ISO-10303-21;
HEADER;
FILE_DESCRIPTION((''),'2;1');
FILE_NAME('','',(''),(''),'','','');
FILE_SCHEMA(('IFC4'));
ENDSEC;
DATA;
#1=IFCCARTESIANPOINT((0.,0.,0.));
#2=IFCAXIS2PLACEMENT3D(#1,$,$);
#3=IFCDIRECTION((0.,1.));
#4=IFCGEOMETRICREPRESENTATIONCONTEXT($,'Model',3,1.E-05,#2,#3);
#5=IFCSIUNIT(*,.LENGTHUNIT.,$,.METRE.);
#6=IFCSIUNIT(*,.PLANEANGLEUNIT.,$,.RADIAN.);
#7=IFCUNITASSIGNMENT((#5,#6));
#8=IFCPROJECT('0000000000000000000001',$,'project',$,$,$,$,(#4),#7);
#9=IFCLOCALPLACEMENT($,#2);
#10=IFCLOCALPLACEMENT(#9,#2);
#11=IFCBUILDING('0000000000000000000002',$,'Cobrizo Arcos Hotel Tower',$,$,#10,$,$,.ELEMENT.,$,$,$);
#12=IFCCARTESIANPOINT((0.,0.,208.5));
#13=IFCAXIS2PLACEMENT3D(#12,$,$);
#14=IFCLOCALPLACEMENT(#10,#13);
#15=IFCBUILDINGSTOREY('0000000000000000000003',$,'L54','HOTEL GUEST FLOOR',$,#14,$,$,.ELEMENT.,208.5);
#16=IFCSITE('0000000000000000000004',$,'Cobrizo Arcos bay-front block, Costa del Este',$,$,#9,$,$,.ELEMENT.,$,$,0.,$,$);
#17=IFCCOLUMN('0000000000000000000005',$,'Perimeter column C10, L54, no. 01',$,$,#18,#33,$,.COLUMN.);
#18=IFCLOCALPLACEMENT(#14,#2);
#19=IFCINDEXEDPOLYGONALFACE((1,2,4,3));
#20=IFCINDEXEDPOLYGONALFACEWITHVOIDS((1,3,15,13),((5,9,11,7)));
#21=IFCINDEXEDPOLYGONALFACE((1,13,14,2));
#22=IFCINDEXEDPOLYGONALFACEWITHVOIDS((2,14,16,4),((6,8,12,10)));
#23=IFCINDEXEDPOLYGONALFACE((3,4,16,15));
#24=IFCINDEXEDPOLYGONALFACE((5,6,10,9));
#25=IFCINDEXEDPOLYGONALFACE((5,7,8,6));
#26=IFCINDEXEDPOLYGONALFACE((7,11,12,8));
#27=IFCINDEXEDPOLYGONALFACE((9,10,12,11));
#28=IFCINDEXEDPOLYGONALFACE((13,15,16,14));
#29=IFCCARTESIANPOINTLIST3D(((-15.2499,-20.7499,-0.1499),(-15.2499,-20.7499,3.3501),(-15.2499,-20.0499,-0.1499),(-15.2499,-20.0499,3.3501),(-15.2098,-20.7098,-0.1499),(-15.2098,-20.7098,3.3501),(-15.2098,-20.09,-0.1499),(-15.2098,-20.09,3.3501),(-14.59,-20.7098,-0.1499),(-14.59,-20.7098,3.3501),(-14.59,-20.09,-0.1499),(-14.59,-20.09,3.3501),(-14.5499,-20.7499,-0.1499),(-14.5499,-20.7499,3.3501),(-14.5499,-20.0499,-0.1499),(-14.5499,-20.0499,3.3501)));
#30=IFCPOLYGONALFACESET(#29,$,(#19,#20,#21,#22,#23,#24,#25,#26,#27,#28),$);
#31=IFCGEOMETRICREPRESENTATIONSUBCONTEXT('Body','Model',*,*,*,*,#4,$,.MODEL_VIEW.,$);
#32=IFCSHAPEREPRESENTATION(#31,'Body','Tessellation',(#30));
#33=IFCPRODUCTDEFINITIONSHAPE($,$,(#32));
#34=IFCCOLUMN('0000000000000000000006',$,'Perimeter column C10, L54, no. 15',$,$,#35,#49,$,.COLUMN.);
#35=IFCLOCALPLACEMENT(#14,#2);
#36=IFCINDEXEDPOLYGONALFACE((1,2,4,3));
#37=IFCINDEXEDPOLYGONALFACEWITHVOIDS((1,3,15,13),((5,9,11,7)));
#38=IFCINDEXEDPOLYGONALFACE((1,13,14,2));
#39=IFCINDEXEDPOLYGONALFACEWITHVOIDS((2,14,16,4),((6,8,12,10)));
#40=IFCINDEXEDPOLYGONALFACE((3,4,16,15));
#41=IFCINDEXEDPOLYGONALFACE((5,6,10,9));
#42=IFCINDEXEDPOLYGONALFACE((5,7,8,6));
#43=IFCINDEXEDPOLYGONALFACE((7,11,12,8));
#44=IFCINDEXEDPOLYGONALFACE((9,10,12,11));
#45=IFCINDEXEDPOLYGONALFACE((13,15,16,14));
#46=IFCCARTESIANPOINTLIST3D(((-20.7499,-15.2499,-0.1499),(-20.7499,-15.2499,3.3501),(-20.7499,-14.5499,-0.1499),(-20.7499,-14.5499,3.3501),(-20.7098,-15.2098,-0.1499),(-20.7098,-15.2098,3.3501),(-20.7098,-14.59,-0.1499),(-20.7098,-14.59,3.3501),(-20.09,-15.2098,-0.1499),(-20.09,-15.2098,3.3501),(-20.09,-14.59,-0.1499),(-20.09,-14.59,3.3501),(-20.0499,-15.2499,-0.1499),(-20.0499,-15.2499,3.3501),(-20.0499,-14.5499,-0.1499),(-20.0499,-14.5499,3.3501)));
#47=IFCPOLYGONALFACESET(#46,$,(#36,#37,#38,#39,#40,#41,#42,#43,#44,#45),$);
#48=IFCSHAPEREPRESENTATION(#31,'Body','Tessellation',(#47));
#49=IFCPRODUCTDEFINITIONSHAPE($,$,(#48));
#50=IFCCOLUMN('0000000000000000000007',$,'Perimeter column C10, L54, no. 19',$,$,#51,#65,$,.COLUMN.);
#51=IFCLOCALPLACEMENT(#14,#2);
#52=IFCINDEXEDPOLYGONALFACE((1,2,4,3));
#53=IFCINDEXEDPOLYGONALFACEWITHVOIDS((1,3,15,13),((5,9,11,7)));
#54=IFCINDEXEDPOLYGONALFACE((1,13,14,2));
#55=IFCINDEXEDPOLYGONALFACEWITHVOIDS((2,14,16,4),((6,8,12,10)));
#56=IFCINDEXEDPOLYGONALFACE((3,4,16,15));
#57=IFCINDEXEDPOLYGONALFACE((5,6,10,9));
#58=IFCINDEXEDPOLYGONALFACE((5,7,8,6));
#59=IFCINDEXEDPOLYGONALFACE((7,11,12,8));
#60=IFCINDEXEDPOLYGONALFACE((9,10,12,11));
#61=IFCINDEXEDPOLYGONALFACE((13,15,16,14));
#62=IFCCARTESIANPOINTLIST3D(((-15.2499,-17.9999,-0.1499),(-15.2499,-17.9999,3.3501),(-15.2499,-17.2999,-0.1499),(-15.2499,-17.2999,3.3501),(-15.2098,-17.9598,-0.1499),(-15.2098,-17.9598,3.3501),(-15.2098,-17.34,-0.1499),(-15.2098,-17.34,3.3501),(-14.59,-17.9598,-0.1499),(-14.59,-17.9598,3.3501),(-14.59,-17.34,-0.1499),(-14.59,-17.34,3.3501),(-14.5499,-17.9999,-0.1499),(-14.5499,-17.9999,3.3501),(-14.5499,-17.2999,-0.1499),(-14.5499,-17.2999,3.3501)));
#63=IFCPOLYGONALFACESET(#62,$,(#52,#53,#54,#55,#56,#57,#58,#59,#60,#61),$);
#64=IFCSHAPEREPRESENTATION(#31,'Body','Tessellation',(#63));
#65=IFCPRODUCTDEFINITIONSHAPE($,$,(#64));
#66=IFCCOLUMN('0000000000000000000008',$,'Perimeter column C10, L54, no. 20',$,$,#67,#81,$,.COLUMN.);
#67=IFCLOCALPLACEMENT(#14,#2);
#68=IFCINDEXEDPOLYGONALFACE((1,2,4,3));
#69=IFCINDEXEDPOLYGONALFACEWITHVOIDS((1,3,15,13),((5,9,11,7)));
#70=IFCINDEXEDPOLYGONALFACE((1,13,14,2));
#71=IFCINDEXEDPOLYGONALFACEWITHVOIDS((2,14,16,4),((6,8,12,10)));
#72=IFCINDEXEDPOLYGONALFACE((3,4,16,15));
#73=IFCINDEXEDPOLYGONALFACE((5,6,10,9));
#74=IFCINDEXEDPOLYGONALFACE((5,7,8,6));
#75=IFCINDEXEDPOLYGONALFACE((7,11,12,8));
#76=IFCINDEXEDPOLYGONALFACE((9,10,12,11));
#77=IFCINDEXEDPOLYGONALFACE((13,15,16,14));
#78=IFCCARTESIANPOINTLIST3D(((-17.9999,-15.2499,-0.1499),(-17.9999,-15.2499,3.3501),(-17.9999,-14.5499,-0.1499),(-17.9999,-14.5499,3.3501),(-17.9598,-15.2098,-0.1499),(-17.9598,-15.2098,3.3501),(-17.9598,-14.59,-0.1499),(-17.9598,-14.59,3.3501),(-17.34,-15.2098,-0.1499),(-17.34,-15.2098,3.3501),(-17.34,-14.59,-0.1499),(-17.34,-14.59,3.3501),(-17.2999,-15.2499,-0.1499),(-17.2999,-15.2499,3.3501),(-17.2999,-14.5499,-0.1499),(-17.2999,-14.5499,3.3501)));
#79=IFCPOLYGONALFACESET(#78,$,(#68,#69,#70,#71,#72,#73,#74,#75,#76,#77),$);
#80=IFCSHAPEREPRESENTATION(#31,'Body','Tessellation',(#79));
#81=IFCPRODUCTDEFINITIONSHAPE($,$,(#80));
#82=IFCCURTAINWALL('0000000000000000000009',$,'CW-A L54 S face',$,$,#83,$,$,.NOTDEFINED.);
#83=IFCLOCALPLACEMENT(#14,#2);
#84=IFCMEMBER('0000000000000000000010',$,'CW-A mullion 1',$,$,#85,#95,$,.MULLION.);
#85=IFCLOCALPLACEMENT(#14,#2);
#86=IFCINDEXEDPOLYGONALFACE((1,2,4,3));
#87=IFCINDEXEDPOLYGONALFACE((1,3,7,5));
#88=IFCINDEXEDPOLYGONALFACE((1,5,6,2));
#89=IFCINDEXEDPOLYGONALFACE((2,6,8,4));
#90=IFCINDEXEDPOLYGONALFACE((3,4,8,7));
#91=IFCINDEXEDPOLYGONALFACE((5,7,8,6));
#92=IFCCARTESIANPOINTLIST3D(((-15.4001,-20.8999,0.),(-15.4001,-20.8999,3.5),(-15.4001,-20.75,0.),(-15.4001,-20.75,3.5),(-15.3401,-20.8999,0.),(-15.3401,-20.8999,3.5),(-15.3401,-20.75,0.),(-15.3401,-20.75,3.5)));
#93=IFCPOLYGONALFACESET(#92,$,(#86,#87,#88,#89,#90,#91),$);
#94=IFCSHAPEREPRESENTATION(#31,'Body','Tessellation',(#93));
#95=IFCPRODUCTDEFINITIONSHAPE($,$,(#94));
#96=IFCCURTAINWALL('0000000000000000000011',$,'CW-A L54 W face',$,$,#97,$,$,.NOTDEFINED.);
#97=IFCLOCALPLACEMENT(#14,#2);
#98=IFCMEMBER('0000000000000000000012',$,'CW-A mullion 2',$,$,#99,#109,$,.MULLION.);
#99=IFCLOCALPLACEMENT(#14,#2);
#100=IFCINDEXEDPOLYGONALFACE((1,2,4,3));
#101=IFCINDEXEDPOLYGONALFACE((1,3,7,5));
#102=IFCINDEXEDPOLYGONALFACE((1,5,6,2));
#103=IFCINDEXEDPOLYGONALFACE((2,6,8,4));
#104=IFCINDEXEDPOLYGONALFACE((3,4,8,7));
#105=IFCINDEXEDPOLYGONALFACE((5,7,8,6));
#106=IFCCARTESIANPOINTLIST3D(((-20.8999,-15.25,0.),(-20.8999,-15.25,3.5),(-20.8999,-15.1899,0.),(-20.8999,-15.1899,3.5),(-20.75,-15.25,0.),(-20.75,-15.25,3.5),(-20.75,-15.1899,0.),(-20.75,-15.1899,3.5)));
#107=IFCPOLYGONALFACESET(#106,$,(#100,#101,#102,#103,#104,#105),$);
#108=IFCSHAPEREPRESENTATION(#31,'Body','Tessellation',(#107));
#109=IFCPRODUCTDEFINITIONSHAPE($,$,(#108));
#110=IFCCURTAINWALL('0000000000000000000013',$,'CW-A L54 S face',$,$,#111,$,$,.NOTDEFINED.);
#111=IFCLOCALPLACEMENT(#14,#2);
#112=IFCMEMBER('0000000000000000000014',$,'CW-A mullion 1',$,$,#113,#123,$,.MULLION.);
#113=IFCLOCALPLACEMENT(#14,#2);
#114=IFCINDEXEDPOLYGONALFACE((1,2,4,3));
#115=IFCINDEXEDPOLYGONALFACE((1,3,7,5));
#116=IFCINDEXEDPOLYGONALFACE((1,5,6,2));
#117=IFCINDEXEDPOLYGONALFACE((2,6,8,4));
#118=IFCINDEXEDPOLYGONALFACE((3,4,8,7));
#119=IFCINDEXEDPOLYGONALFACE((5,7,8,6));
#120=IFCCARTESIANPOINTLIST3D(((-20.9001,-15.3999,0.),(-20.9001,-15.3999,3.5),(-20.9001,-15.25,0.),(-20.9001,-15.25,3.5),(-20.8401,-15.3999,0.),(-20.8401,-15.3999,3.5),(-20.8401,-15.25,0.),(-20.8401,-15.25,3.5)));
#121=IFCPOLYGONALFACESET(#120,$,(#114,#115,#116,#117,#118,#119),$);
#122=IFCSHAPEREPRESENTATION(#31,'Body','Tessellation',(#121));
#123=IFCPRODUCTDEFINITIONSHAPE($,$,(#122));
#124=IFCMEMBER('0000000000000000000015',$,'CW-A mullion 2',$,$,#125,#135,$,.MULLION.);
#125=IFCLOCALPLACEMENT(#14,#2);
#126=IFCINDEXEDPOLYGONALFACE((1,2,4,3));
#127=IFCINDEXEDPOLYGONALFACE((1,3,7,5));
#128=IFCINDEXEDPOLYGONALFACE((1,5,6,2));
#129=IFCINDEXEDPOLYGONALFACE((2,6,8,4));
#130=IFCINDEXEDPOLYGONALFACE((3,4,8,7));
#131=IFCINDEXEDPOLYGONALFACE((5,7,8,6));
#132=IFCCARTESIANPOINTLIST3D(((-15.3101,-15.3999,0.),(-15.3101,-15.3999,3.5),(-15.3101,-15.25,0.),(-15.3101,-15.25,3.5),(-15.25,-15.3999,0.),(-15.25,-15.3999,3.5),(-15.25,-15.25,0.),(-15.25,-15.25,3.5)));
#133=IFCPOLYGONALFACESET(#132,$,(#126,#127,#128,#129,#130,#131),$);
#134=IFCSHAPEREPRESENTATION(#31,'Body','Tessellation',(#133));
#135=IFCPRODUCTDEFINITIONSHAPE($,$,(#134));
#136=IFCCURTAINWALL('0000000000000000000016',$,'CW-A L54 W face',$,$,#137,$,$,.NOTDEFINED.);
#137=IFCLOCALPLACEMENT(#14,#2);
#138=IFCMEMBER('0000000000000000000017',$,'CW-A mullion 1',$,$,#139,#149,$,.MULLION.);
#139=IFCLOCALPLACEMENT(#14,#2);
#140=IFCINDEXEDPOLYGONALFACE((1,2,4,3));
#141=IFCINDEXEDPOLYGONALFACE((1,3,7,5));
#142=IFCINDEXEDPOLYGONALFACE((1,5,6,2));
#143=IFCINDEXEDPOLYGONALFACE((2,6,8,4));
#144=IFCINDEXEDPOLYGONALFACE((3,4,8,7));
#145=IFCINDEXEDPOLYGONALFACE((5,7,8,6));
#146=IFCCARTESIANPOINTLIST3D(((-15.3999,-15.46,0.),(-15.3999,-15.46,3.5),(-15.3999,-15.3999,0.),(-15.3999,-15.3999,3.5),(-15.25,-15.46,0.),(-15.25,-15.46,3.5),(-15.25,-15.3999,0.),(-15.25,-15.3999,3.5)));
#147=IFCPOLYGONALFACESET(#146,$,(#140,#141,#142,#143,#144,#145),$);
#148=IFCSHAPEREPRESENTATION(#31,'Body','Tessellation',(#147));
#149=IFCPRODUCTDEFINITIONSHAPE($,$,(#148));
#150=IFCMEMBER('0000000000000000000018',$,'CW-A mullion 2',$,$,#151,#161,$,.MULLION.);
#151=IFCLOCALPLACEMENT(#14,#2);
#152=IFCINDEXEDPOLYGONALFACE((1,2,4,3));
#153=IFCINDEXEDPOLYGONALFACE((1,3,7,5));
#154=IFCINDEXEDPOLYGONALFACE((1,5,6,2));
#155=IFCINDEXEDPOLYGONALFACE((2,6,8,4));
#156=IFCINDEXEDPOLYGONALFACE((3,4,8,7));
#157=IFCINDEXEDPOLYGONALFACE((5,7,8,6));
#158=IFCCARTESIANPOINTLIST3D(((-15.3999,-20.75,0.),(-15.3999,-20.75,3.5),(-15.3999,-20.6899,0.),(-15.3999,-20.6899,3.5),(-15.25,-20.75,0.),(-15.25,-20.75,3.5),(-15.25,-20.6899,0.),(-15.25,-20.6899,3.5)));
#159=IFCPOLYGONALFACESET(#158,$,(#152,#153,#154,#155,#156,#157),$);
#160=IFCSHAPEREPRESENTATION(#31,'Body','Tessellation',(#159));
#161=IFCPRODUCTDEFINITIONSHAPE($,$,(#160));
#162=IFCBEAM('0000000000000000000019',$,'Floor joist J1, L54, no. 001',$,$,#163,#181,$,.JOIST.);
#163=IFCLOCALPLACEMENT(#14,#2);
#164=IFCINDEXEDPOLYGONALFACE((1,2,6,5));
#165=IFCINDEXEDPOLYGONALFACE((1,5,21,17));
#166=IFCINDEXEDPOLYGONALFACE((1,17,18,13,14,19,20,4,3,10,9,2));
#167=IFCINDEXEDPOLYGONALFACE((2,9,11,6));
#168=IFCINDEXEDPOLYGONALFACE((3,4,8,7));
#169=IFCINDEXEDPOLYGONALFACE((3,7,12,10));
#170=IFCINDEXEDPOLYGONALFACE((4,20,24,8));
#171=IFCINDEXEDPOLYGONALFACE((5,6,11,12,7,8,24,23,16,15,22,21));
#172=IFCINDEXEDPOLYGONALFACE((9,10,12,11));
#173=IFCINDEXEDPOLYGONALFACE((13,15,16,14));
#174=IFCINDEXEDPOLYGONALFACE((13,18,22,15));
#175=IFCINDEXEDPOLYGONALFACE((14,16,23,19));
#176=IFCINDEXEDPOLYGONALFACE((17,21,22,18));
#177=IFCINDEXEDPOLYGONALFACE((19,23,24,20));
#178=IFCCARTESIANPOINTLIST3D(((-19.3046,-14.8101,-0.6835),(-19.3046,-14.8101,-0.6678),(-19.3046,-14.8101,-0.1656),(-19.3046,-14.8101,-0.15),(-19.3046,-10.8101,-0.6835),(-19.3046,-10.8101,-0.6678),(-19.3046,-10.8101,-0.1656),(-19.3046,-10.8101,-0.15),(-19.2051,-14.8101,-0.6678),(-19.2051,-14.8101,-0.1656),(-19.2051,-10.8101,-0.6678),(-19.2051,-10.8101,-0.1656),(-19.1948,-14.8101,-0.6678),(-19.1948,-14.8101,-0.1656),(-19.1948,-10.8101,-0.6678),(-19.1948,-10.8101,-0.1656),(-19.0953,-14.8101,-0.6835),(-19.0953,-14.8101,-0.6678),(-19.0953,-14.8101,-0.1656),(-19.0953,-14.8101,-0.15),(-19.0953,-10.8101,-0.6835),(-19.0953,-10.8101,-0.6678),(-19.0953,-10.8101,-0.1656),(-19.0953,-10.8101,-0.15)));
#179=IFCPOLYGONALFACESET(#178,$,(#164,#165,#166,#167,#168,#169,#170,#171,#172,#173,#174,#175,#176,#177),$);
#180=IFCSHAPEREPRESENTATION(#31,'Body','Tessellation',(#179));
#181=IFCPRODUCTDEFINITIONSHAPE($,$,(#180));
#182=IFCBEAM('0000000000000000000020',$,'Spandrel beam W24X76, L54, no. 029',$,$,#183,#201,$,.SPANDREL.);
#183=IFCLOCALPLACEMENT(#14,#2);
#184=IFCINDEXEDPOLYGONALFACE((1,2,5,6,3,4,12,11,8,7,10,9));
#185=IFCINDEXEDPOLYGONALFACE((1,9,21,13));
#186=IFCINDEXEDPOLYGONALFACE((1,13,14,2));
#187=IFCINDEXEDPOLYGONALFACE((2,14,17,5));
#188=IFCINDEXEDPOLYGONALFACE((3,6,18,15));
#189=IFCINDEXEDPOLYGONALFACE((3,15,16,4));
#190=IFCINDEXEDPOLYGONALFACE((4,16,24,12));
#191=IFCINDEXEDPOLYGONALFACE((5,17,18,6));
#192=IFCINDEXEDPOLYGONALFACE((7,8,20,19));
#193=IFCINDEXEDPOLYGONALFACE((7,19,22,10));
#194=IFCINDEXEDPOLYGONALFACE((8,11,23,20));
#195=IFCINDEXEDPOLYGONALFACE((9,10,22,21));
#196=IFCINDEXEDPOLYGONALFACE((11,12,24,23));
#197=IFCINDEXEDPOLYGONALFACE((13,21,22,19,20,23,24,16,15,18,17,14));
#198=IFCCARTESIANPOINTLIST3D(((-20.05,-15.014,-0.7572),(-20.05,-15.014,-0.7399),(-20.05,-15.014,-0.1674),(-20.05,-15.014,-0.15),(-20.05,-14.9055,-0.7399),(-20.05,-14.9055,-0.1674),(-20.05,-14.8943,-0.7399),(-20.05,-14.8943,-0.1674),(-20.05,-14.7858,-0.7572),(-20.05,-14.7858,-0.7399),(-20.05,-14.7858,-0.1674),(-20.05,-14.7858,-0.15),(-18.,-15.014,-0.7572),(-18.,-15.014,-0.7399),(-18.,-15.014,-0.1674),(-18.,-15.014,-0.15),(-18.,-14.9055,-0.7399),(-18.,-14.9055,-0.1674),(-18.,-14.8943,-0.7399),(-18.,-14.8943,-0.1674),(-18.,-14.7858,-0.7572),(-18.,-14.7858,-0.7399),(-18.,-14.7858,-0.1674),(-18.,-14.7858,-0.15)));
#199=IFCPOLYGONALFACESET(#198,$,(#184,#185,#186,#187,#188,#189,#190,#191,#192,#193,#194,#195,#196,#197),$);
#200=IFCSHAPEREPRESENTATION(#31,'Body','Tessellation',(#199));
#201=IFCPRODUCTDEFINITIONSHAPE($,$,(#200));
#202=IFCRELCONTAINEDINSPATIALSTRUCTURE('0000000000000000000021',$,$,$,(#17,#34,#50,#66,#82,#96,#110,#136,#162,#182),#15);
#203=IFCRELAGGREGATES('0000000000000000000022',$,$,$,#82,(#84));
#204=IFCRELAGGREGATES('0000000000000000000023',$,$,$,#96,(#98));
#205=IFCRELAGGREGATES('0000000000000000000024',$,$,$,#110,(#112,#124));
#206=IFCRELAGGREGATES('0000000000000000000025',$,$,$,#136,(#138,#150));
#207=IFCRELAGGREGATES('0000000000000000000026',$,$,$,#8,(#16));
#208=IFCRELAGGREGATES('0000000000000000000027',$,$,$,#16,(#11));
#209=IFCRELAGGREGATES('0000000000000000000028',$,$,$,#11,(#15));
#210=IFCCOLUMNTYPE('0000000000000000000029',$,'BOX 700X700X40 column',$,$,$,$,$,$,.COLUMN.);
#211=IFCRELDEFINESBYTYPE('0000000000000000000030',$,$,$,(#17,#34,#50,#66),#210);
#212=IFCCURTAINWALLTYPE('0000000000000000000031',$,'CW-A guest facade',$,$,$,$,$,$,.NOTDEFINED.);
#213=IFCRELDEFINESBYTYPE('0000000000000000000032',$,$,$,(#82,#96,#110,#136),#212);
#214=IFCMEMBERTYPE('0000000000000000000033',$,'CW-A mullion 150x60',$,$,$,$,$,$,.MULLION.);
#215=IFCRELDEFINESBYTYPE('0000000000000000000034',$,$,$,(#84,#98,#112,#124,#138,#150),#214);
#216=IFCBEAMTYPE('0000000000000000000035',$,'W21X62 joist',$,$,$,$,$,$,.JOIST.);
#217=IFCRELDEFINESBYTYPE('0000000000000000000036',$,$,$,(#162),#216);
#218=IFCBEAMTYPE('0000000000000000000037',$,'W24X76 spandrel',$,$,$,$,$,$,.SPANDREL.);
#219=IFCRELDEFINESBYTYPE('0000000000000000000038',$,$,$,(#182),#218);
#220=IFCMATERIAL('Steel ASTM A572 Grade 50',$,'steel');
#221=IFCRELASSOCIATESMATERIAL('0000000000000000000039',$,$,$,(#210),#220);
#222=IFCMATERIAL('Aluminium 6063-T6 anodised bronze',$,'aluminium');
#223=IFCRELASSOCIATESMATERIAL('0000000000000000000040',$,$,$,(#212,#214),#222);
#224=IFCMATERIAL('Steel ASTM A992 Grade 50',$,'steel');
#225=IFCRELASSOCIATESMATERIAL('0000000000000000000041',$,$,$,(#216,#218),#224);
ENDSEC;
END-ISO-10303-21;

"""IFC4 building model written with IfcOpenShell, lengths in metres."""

from ifc_helpers import new_model, si_unit, direction, frame, origin, origin_2d, place, context, subcontext, project, spatial, rectangle, hollow_rectangle, i_section, extrude, material, material_profile, profile_set, type_object, element, aggregate, save


model = new_model("IFC4")

# Units and contexts
model_context = context("Model", 3, precision=1e-05, world=origin(), true_north=direction((0.0, 1.0)))
body_context = subcontext(model_context, "Body", "Model", "MODEL_VIEW")
ifc_project = project(units=[si_unit("LENGTHUNIT", "METRE"), si_unit("PLANEANGLEUNIT", "RADIAN")], contexts=[model_context])

# Site, building, storey
site_placement = place(None, origin())
site = spatial("IfcSite", under=ifc_project, at=site_placement, Name="Cobrizo Arcos bay-front block, Costa del Este", CompositionType="ELEMENT", RefElevation=0.0)
building_placement = place(site_placement, origin())
building = spatial("IfcBuilding", under=site, at=building_placement, Name="Cobrizo Arcos Hotel Tower", CompositionType="ELEMENT")
storey_placement = place(building_placement, frame((0.0, 0.0, 208.5)))
storey = spatial("IfcBuildingStorey", under=building, at=storey_placement, Name="L54", Description="HOTEL GUEST FLOOR", CompositionType="ELEMENT", Elevation=208.5)

# Columns
ifc_material_1 = material(Name="Steel ASTM A572 Grade 50", Category="steel")
ifc_material_profile_1 = material_profile(ifc_material_1, hollow_rectangle(XDim=0.7, YDim=0.7, WallThickness=0.04, at=origin_2d()), Name="BOX 700X700X40")
ifc_profile_set_1 = profile_set([ifc_material_profile_1], Name="Steel ASTM A572 Grade 50")
column_type = type_object("IfcColumnType", Name="BOX 700X700X40 column", PredefinedType="COLUMN", material=ifc_profile_set_1)
for number, where, z_axis, x_axis, name in (
    (1, (-14.8999, -20.3999, -0.1499), (0.0, 0.0, 1.0), (1.0, 0.0, 0.0), "Perimeter column C10, L54, no. 01"),
    (2, (-20.3999, -14.8999, -0.1499), (0.0, 0.0, 1.0), (1.0, 0.0, 0.0), "Perimeter column C10, L54, no. 15"),
    (3, (-14.8999, -17.6499, -0.1499), (0.0, 0.0, 1.0), (1.0, 0.0, 0.0), "Perimeter column C10, L54, no. 19"),
    (4, (-17.6499, -14.8999, -0.1499), (0.0, 0.0, 1.0), (1.0, 0.0, 0.0), "Perimeter column C10, L54, no. 20"),
):
    element("IfcColumn", number, at=place(storey_placement, frame(where, z_axis=z_axis, x_axis=x_axis)), inside=storey, type_object=column_type, Name=name, PredefinedType="COLUMN", context=body_context, shape_type="SweptSolid", body=[
        extrude(hollow_rectangle(XDim=0.7, YDim=0.7, WallThickness=0.04, at=origin_2d()), origin(), (0.0, 0.0, 1.0), 3.5),
    ])

# Curtain walls, members
ifc_material_2 = material(Name="Aluminium 6063-T6 anodised bronze", Category="aluminium")
curtain_wall_type = type_object("IfcCurtainWallType", Name="CW-A guest facade", PredefinedType="NOTDEFINED", material=ifc_material_2)
curtain_wall_1_placement = place(storey_placement, origin())
curtain_wall_1 = element("IfcCurtainWall", 5, at=curtain_wall_1_placement, inside=storey, type_object=curtain_wall_type, Name="CW-A L54 S face", PredefinedType="NOTDEFINED")
ifc_material_profile_2 = material_profile(ifc_material_2, rectangle(XDim=0.1499, YDim=0.0601, at=origin_2d()), Name="CW-A mullion 150x60")
ifc_profile_set_2 = profile_set([ifc_material_profile_2], Name="Aluminium 6063-T6 anodised bronze")
member_type = type_object("IfcMemberType", Name="CW-A mullion 150x60", PredefinedType="MULLION", material=ifc_profile_set_2)
member_1_placement = place(storey_placement, frame((-15.3701, -20.825, 0.0), z_axis=(0.0, 0.0, 1.0), x_axis=(0.0, -1.0, 0.0)))
member_1 = element("IfcMember", 6, at=member_1_placement, type_object=member_type, Name="CW-A mullion 1", PredefinedType="MULLION", context=body_context, shape_type="SweptSolid", body=[
    extrude(rectangle(XDim=0.1499, YDim=0.0601, at=origin_2d()), origin(), (0.0, 0.0, 1.0), 3.5),
])
aggregate(curtain_wall_1, [member_1])
curtain_wall_2_placement = place(storey_placement, origin())
curtain_wall_2 = element("IfcCurtainWall", 7, at=curtain_wall_2_placement, inside=storey, type_object=curtain_wall_type, Name="CW-A L54 W face", PredefinedType="NOTDEFINED")
member_2_placement = place(storey_placement, frame((-20.825, -15.22, 0.0), z_axis=(0.0, 0.0, 1.0), x_axis=(-1.0, 0.0, 0.0)))
member_2 = element("IfcMember", 8, at=member_2_placement, type_object=member_type, Name="CW-A mullion 2", PredefinedType="MULLION", context=body_context, shape_type="SweptSolid", body=[
    extrude(rectangle(XDim=0.1499, YDim=0.0601, at=origin_2d()), origin(), (0.0, 0.0, 1.0), 3.5),
])

# Curtain walls, members
curtain_wall_3_placement = place(storey_placement, origin())
curtain_wall_3 = element("IfcCurtainWall", 9, at=curtain_wall_3_placement, inside=storey, type_object=curtain_wall_type, Name="CW-A L54 S face", PredefinedType="NOTDEFINED")
member_3_placement = place(storey_placement, frame((-20.8701, -15.325, 0.0), z_axis=(0.0, 0.0, 1.0), x_axis=(0.0, -1.0, 0.0)))
member_3 = element("IfcMember", 10, at=member_3_placement, type_object=member_type, Name="CW-A mullion 1", PredefinedType="MULLION", context=body_context, shape_type="SweptSolid", body=[
    extrude(rectangle(XDim=0.1499, YDim=0.0601, at=origin_2d()), origin(), (0.0, 0.0, 1.0), 3.5),
])
member_4_placement = place(storey_placement, frame((-15.28, -15.325, 0.0), z_axis=(0.0, 0.0, 1.0), x_axis=(0.0, -1.0, 0.0)))
member_4 = element("IfcMember", 11, at=member_4_placement, type_object=member_type, Name="CW-A mullion 2", PredefinedType="MULLION", context=body_context, shape_type="SweptSolid", body=[
    extrude(rectangle(XDim=0.1499, YDim=0.0601, at=origin_2d()), origin(), (0.0, 0.0, 1.0), 3.5),
])
curtain_wall_4_placement = place(storey_placement, origin())
curtain_wall_4 = element("IfcCurtainWall", 12, at=curtain_wall_4_placement, inside=storey, type_object=curtain_wall_type, Name="CW-A L54 W face", PredefinedType="NOTDEFINED")
member_5_placement = place(storey_placement, frame((-15.325, -15.4299, 0.0), z_axis=(0.0, 0.0, 1.0), x_axis=(-1.0, 0.0, 0.0)))
member_5 = element("IfcMember", 13, at=member_5_placement, type_object=member_type, Name="CW-A mullion 1", PredefinedType="MULLION", context=body_context, shape_type="SweptSolid", body=[
    extrude(rectangle(XDim=0.1499, YDim=0.0601, at=origin_2d()), origin(), (0.0, 0.0, 1.0), 3.5),
])
member_6_placement = place(storey_placement, frame((-15.325, -20.72, 0.0), z_axis=(0.0, 0.0, 1.0), x_axis=(-1.0, 0.0, 0.0)))
member_6 = element("IfcMember", 14, at=member_6_placement, type_object=member_type, Name="CW-A mullion 2", PredefinedType="MULLION", context=body_context, shape_type="SweptSolid", body=[
    extrude(rectangle(XDim=0.1499, YDim=0.0601, at=origin_2d()), origin(), (0.0, 0.0, 1.0), 3.5),
])

# Beams
ifc_material_3 = material(Name="Steel ASTM A992 Grade 50", Category="steel")
ifc_material_profile_3 = material_profile(ifc_material_3, i_section(OverallWidth=0.2092, OverallDepth=0.5334, WebThickness=0.0103, FlangeThickness=0.0156, at=origin_2d()), Name="W21X62")
ifc_profile_set_3 = profile_set([ifc_material_profile_3], Name="Steel ASTM A992 Grade 50")
beam_type_1 = type_object("IfcBeamType", Name="W21X62 joist", PredefinedType="JOIST", material=ifc_profile_set_3)
beam_placement = place(storey_placement, frame((-19.2, -14.8101, -0.4167), z_axis=(0.0, 1.0, 0.0), x_axis=(-1.0, 0.0, 0.0)))
element("IfcBeam", 15, at=beam_placement, inside=storey, type_object=beam_type_1, Name="Floor joist J1, L54, no. 001", PredefinedType="JOIST", context=body_context, shape_type="SweptSolid", body=[
    extrude(i_section(OverallWidth=0.2092, OverallDepth=0.5334, WebThickness=0.0103, FlangeThickness=0.0156, at=origin_2d()), origin(), (0.0, 0.0, 1.0), 4.0),
])
ifc_material_profile_4 = material_profile(ifc_material_3, i_section(OverallWidth=0.2283, OverallDepth=0.6072, WebThickness=0.0112, FlangeThickness=0.0173, at=origin_2d()), Name="W24X76")
ifc_profile_set_4 = profile_set([ifc_material_profile_4], Name="Steel ASTM A992 Grade 50")
beam_type_2 = type_object("IfcBeamType", Name="W24X76 spandrel", PredefinedType="SPANDREL", material=ifc_profile_set_4)
for number, where, z_axis, x_axis, name in (
    (16, (-20.05, -14.8999, -0.4536), (1.0, 0.0, 0.0), (0.0, 1.0, 0.0), "Spandrel beam W24X76, L54, no. 029"),
):
    element("IfcBeam", number, at=place(storey_placement, frame(where, z_axis=z_axis, x_axis=x_axis)), inside=storey, type_object=beam_type_2, Name=name, PredefinedType="SPANDREL", context=body_context, shape_type="SweptSolid", body=[
        extrude(i_section(OverallWidth=0.2283, OverallDepth=0.6072, WebThickness=0.0112, FlangeThickness=0.0173, at=origin_2d()), origin(), (0.0, 0.0, 1.0), 2.05),
    ])

aggregate(curtain_wall_2, [member_2])
aggregate(curtain_wall_3, [member_3, member_4])
aggregate(curtain_wall_4, [member_5, member_6])

save(model, "model.ifc")
